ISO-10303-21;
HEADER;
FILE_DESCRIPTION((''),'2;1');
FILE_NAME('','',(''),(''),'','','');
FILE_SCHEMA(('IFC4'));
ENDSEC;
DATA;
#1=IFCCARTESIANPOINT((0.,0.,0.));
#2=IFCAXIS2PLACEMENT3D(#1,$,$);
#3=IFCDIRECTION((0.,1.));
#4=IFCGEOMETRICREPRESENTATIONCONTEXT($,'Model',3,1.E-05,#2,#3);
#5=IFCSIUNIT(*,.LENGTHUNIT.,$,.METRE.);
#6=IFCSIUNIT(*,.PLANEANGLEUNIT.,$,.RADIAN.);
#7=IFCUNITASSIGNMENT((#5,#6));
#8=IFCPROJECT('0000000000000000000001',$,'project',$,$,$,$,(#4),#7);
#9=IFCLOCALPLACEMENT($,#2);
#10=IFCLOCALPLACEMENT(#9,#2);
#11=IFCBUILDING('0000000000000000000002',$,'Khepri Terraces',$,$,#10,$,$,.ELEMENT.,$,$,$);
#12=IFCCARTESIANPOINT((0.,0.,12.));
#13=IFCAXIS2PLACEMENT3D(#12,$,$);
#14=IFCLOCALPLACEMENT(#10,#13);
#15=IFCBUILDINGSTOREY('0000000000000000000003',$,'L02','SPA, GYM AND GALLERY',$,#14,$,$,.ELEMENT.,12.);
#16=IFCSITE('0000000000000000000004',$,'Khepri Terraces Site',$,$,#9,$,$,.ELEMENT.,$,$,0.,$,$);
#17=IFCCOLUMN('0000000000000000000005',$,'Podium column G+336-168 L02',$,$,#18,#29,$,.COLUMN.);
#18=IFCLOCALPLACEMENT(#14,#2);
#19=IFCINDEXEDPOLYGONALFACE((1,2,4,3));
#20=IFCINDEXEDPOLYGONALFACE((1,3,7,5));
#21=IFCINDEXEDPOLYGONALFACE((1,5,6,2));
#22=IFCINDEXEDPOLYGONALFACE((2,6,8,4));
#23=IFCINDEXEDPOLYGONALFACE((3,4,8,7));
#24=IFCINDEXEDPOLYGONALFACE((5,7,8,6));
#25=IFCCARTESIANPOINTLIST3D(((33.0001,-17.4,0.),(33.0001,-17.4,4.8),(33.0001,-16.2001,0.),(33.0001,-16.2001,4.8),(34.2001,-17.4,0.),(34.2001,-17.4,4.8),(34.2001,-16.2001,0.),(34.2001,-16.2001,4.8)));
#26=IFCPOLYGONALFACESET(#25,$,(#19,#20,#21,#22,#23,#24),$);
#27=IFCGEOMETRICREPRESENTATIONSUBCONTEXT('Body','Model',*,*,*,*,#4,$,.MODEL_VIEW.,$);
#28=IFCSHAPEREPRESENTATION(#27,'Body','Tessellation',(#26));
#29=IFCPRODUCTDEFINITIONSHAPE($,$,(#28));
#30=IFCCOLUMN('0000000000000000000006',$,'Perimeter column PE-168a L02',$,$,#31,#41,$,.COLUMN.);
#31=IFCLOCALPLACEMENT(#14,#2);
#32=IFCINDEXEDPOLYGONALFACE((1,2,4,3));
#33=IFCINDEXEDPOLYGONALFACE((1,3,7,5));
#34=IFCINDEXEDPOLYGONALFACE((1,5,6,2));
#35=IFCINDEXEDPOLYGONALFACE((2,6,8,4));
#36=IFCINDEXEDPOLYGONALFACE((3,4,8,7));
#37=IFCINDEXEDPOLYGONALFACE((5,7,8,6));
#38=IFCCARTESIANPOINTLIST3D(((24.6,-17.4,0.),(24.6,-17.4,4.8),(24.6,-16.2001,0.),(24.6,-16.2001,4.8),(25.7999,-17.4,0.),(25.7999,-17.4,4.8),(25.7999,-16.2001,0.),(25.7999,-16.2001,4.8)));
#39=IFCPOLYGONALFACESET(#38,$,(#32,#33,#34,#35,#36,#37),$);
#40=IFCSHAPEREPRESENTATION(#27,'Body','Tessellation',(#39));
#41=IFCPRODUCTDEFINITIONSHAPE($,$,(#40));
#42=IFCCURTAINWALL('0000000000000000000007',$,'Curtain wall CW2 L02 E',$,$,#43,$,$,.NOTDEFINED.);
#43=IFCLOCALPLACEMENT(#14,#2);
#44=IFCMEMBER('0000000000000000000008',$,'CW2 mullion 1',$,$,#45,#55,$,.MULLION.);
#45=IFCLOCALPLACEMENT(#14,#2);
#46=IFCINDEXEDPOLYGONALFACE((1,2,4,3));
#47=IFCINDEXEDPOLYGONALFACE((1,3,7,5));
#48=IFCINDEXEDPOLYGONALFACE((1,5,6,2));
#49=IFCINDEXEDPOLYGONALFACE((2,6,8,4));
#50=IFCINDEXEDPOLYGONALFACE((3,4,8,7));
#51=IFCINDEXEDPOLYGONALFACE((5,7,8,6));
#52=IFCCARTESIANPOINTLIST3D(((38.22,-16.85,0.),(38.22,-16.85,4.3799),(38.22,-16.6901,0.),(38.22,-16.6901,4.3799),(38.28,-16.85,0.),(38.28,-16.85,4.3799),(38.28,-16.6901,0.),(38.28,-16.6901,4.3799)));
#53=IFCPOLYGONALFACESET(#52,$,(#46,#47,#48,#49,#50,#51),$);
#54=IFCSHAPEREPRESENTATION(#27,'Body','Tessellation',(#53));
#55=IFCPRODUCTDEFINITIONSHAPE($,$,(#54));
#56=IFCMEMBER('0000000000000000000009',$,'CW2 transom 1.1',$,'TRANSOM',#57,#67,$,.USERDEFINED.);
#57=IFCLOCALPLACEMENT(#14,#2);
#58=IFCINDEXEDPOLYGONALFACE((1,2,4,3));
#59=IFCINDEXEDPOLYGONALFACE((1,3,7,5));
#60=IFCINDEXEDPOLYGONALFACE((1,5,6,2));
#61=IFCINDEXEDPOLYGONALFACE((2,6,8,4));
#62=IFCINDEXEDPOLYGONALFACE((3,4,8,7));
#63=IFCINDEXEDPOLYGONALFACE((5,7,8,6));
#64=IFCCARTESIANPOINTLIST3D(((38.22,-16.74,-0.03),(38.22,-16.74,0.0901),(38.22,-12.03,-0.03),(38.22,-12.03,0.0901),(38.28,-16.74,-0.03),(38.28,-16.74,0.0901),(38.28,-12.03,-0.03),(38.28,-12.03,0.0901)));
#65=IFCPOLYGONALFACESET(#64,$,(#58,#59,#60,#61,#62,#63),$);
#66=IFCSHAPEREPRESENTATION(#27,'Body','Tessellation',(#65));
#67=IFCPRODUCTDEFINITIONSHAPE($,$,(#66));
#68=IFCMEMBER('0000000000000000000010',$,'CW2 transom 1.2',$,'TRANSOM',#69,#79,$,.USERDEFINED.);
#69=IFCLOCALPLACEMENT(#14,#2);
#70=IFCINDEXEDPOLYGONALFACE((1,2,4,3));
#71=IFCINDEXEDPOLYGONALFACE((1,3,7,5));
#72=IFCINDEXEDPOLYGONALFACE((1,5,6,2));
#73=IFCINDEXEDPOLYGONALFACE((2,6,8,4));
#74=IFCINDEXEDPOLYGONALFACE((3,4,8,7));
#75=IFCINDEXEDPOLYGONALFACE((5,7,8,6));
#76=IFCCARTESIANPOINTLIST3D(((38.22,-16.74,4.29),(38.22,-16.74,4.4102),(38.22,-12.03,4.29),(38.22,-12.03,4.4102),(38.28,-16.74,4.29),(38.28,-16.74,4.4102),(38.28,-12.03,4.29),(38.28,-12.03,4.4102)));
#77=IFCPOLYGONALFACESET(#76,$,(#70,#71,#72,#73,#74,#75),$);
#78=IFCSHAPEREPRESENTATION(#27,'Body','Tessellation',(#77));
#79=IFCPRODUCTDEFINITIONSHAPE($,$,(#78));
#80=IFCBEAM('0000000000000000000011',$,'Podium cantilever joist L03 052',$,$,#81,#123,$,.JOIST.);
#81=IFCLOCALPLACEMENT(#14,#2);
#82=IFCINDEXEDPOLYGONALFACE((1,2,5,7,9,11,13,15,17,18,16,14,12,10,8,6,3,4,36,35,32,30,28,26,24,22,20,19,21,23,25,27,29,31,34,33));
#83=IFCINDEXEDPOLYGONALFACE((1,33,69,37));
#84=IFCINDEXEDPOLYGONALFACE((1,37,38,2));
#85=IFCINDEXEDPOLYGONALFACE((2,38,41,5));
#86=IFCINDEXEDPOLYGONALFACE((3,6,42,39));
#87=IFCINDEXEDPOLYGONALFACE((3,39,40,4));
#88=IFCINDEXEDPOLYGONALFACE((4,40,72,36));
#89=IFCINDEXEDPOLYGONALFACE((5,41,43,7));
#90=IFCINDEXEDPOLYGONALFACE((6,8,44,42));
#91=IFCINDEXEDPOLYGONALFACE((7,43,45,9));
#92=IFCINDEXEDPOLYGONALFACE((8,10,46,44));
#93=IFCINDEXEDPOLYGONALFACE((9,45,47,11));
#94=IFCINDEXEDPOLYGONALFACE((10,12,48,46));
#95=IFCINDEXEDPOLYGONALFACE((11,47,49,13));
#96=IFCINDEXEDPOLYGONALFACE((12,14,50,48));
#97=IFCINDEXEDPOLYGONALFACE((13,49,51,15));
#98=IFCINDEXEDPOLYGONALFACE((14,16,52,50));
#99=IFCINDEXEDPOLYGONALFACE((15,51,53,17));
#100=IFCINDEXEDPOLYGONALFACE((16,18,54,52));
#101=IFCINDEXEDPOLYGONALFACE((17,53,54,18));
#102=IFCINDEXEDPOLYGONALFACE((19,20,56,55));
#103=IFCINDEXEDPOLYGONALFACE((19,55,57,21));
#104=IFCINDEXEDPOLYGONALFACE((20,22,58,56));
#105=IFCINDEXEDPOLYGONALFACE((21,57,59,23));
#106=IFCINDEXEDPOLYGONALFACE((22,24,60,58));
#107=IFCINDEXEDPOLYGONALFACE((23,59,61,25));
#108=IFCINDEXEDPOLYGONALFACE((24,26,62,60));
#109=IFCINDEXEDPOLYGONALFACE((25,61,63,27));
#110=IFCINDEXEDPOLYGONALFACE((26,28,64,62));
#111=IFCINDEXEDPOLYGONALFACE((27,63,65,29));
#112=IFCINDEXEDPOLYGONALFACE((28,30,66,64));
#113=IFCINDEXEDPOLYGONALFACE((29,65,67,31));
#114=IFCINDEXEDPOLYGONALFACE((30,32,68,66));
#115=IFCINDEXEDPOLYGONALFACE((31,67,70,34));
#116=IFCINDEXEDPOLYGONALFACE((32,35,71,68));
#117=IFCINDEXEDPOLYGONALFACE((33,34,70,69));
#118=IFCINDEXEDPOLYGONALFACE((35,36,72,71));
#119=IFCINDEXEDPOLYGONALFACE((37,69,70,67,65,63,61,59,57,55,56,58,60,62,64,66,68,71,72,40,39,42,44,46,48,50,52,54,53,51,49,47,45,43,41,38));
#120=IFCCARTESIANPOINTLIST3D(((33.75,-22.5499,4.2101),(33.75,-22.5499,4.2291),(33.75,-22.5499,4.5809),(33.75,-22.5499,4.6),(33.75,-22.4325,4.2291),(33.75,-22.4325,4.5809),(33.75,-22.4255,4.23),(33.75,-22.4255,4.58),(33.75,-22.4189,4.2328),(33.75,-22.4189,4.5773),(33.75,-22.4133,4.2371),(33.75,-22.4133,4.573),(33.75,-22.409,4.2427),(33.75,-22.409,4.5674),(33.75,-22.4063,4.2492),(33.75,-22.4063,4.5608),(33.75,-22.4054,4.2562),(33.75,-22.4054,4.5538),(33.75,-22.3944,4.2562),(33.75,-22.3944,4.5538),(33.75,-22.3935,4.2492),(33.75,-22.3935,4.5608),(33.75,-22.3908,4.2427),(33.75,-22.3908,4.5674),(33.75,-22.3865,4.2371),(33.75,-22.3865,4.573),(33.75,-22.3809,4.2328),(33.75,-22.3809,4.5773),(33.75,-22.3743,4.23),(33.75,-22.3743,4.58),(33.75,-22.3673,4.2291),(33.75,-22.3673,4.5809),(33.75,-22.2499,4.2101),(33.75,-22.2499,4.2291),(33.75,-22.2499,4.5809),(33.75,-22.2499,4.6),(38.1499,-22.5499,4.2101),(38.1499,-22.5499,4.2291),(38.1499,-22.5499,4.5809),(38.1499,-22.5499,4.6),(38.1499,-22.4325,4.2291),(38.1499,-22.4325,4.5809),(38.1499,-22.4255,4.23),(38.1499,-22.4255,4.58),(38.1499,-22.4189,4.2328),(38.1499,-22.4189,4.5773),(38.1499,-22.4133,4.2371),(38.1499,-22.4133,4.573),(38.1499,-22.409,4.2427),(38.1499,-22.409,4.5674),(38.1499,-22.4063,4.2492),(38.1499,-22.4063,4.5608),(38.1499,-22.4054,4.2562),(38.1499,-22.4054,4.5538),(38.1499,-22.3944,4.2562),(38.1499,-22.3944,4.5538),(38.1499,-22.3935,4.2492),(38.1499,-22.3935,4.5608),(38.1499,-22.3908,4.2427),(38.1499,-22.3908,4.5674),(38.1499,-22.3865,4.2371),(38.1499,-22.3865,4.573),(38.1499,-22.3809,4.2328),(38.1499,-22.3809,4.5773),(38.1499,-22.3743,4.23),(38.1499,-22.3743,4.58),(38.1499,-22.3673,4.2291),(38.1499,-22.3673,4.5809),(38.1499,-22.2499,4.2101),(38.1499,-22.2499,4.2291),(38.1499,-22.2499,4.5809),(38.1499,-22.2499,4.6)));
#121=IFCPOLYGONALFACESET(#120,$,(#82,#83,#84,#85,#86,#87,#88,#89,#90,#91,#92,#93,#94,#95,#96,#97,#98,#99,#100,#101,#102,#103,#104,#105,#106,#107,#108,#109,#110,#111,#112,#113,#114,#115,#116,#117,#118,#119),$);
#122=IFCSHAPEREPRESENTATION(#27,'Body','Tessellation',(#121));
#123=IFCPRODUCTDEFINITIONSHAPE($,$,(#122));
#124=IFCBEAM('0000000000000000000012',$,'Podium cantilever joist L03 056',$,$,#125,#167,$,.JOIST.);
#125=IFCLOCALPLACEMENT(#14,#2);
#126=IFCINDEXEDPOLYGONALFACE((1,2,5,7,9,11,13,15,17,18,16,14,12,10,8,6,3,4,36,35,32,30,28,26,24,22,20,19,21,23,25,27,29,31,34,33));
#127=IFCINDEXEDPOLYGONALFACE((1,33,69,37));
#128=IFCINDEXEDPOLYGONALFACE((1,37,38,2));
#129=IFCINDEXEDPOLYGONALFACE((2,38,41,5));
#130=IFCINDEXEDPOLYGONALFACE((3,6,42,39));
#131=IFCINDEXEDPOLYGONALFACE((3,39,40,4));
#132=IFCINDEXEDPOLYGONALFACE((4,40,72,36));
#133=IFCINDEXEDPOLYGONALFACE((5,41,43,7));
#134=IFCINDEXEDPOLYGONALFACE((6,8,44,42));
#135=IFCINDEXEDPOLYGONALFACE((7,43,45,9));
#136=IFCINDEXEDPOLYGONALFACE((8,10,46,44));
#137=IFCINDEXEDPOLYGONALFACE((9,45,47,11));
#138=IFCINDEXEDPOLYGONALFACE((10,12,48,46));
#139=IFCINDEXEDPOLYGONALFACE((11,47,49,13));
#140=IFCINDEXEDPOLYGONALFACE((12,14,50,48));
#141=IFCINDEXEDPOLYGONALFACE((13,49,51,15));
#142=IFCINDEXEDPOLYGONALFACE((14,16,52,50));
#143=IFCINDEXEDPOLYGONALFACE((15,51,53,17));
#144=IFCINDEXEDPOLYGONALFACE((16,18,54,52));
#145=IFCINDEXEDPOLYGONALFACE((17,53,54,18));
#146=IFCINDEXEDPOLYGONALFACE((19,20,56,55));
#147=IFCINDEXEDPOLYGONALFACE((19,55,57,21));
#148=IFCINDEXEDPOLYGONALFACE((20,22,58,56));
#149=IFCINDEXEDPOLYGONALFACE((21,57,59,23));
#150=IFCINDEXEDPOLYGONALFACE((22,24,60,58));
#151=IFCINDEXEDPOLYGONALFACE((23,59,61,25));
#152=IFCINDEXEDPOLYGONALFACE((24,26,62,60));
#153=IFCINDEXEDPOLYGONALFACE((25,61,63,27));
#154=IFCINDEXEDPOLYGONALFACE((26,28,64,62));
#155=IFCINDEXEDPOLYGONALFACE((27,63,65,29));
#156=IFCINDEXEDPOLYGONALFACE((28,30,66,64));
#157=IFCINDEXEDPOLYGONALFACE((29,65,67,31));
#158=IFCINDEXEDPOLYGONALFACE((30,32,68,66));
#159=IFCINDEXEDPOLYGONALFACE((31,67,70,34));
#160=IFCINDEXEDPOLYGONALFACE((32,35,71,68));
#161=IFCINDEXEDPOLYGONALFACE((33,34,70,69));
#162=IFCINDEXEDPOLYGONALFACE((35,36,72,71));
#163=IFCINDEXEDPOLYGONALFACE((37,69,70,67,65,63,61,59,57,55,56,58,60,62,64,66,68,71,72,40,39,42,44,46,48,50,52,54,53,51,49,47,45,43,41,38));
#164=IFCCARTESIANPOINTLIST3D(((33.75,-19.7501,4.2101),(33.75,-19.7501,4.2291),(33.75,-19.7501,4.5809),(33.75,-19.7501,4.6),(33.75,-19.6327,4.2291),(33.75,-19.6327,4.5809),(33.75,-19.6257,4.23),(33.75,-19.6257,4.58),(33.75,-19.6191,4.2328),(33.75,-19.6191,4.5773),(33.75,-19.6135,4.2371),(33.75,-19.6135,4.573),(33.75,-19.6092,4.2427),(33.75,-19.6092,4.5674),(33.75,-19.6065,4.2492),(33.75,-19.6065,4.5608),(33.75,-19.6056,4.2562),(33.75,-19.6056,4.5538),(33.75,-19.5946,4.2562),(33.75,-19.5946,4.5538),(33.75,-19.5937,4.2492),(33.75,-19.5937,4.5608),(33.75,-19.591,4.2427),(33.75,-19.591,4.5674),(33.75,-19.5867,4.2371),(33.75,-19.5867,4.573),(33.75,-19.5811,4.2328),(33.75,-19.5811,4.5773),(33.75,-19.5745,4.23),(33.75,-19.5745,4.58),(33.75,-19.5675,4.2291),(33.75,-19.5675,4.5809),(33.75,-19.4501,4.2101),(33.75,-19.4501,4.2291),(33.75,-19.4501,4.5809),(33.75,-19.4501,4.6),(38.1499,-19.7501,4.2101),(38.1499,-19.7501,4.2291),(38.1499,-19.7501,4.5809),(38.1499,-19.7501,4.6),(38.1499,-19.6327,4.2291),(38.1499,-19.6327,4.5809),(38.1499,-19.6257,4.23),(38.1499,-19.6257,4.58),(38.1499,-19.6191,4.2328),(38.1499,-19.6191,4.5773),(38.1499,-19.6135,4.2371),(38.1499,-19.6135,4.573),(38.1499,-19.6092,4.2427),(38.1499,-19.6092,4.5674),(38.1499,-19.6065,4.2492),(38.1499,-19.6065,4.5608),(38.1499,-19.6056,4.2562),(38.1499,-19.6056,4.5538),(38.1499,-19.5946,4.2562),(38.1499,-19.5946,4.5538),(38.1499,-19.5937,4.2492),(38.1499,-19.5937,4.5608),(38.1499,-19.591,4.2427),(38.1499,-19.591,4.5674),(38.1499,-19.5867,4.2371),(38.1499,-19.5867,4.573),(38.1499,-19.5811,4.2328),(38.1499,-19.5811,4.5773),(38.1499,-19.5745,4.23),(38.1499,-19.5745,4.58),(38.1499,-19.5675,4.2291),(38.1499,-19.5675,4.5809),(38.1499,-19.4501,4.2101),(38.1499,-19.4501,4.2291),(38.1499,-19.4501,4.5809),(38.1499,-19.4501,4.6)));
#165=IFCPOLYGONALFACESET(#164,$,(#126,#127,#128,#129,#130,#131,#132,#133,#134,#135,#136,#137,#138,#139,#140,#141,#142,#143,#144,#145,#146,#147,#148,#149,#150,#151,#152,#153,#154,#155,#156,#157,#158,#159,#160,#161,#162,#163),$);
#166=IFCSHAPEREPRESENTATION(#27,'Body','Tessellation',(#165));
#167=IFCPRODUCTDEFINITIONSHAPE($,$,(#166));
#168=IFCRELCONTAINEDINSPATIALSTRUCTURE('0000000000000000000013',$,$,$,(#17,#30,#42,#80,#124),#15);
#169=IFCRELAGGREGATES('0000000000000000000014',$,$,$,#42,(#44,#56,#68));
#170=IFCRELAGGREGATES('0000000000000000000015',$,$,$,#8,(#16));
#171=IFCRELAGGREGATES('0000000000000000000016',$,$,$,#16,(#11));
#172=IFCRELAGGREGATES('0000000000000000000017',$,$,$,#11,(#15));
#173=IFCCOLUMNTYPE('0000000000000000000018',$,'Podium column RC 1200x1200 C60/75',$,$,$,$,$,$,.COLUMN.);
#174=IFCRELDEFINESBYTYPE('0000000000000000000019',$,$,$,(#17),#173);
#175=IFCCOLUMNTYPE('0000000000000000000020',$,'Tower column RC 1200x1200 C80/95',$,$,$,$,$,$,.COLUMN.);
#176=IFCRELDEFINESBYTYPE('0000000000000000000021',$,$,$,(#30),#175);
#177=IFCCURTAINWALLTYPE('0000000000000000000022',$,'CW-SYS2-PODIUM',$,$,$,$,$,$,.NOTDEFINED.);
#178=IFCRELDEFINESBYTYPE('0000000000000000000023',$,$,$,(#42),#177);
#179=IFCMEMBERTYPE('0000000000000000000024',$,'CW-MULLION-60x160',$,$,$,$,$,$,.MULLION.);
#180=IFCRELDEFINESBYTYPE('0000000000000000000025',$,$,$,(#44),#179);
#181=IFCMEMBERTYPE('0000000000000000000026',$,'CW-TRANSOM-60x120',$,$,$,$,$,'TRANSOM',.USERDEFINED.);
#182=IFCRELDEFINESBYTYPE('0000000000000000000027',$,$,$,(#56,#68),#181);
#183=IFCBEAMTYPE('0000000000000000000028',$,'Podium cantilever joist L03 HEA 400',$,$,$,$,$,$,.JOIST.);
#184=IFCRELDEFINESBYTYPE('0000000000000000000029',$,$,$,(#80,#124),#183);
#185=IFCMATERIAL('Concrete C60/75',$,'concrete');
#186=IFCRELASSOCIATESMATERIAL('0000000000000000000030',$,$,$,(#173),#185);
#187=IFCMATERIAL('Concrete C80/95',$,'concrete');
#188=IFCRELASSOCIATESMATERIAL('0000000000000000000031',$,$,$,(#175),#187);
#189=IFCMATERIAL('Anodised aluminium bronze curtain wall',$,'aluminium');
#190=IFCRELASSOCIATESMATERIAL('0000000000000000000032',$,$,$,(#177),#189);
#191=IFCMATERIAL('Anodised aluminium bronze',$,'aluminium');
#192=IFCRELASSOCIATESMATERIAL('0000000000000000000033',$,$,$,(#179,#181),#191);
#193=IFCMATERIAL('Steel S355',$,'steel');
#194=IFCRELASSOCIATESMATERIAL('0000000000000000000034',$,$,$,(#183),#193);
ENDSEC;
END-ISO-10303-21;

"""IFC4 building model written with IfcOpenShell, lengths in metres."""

from ifc_helpers import new_model, si_unit, direction, frame, origin, origin_2d, place, context, subcontext, project, spatial, rectangle, i_section, extrude, material, material_profile, profile_set, type_object, element, aggregate, save


model = new_model("IFC4")

# Units and contexts
model_context = context("Model", 3, precision=1e-05, world=origin(), true_north=direction((0.0, 1.0)))
body_context = subcontext(model_context, "Body", "Model", "MODEL_VIEW")
ifc_project = project(units=[si_unit("LENGTHUNIT", "METRE"), si_unit("PLANEANGLEUNIT", "RADIAN")], contexts=[model_context])

# Site, building, storey
site_placement = place(None, origin())
site = spatial("IfcSite", under=ifc_project, at=site_placement, Name="Khepri Terraces Site", CompositionType="ELEMENT", RefElevation=0.0)
building_placement = place(site_placement, origin())
building = spatial("IfcBuilding", under=site, at=building_placement, Name="Khepri Terraces", CompositionType="ELEMENT")
storey_placement = place(building_placement, frame((0.0, 0.0, 12.0)))
storey = spatial("IfcBuildingStorey", under=building, at=storey_placement, Name="L02", Description="SPA, GYM AND GALLERY", CompositionType="ELEMENT", Elevation=12.0)

# Columns
ifc_material_1 = material(Name="Concrete C60/75", Category="concrete")
ifc_material_profile_1 = material_profile(ifc_material_1, rectangle(XDim=1.2, YDim=1.2, at=origin_2d()), Name="Concrete C60/75", Category="concrete")
ifc_profile_set_1 = profile_set([ifc_material_profile_1], Name="Concrete C60/75")
column_type_1 = type_object("IfcColumnType", Name="Podium column RC 1200x1200 C60/75", PredefinedType="COLUMN", material=ifc_profile_set_1)
column_1_placement = place(storey_placement, frame((33.6001, -16.8, 0.0), z_axis=(0.0, 0.0, 1.0), x_axis=(1.0, 0.0, 0.0)))
element("IfcColumn", 1, at=column_1_placement, inside=storey, type_object=column_type_1, Name="Podium column G+336-168 L02", PredefinedType="COLUMN", context=body_context, shape_type="SweptSolid", body=[
    extrude(rectangle(XDim=1.2, YDim=1.2, at=origin_2d()), origin(), (0.0, 0.0, 1.0), 4.8),
])
ifc_material_2 = material(Name="Concrete C80/95", Category="concrete")
ifc_material_profile_2 = material_profile(ifc_material_2, rectangle(XDim=1.2, YDim=1.2, at=origin_2d()), Name="Concrete C80/95", Category="concrete")
ifc_profile_set_2 = profile_set([ifc_material_profile_2], Name="Concrete C80/95")
column_type_2 = type_object("IfcColumnType", Name="Tower column RC 1200x1200 C80/95", PredefinedType="COLUMN", material=ifc_profile_set_2)
column_2_placement = place(storey_placement, frame((25.2, -16.8, 0.0), z_axis=(0.0, 0.0, 1.0), x_axis=(1.0, 0.0, 0.0)))
element("IfcColumn", 2, at=column_2_placement, inside=storey, type_object=column_type_2, Name="Perimeter column PE-168a L02", PredefinedType="COLUMN", context=body_context, shape_type="SweptSolid", body=[
    extrude(rectangle(XDim=1.2, YDim=1.2, at=origin_2d()), origin(), (0.0, 0.0, 1.0), 4.8),
])

# Curtain wall, members
ifc_material_3 = material(Name="Anodised aluminium bronze curtain wall", Category="aluminium")
curtain_wall_type = type_object("IfcCurtainWallType", Name="CW-SYS2-PODIUM", PredefinedType="NOTDEFINED", material=ifc_material_3)
curtain_wall_placement = place(storey_placement, origin())
curtain_wall = element("IfcCurtainWall", 3, at=curtain_wall_placement, inside=storey, type_object=curtain_wall_type, Name="Curtain wall CW2 L02 E", PredefinedType="NOTDEFINED")
ifc_material_4 = material(Name="Anodised aluminium bronze", Category="aluminium")
ifc_material_profile_3 = material_profile(ifc_material_4, rectangle(XDim=0.0601, YDim=0.1599, at=origin_2d()), Name="Anodised aluminium bronze", Category="aluminium")
ifc_profile_set_3 = profile_set([ifc_material_profile_3], Name="Anodised aluminium bronze")
member_type_1 = type_object("IfcMemberType", Name="CW-MULLION-60x160", PredefinedType="MULLION", material=ifc_profile_set_3)
member_1_placement = place(storey_placement, frame((38.25, -16.77, 0.0), z_axis=(0.0, 0.0, 1.0), x_axis=(-1.0, 0.0, 0.0)))
member_1 = element("IfcMember", 4, at=member_1_placement, type_object=member_type_1, Name="CW2 mullion 1", PredefinedType="MULLION", context=body_context, shape_type="SweptSolid", body=[
    extrude(rectangle(XDim=0.0601, YDim=0.1599, at=origin_2d()), origin(), (0.0, 0.0, 1.0), 4.3799),
])
ifc_material_profile_4 = material_profile(ifc_material_4, rectangle(XDim=0.0601, YDim=0.1201, at=origin_2d()), Name="Anodised aluminium bronze", Category="aluminium")
ifc_profile_set_4 = profile_set([ifc_material_profile_4], Name="Anodised aluminium bronze")
member_type_2 = type_object("IfcMemberType", Name="CW-TRANSOM-60x120", ElementType="TRANSOM", PredefinedType="USERDEFINED", material=ifc_profile_set_4)
member_2_placement = place(storey_placement, frame((38.25, -16.74, 0.03), z_axis=(0.0, 1.0, 0.0), x_axis=(-1.0, 0.0, 0.0)))
member_2 = element("IfcMember", 5, at=member_2_placement, type_object=member_type_2, Name="CW2 transom 1.1", ObjectType="TRANSOM", PredefinedType="USERDEFINED", context=body_context, shape_type="SweptSolid", body=[
    extrude(rectangle(XDim=0.0601, YDim=0.1201, at=origin_2d()), origin(), (0.0, 0.0, 1.0), 4.71),
])
member_3_placement = place(storey_placement, frame((38.25, -16.74, 4.3501), z_axis=(0.0, 1.0, 0.0), x_axis=(-1.0, 0.0, 0.0)))
member_3 = element("IfcMember", 6, at=member_3_placement, type_object=member_type_2, Name="CW2 transom 1.2", ObjectType="TRANSOM", PredefinedType="USERDEFINED", context=body_context, shape_type="SweptSolid", body=[
    extrude(rectangle(XDim=0.0601, YDim=0.1201, at=origin_2d()), origin(), (0.0, 0.0, 1.0), 4.71),
])

# Beams
ifc_material_5 = material(Name="Steel S355", Category="steel")
ifc_material_profile_5 = material_profile(ifc_material_5, i_section(OverallWidth=0.3, OverallDepth=0.3899, WebThickness=0.011, FlangeThickness=0.019, FilletRadius=0.0271, at=origin_2d()), Name="Steel S355", Category="steel")
ifc_profile_set_5 = profile_set([ifc_material_profile_5], Name="Steel S355")
beam_type_1 = type_object("IfcBeamType", Name="Podium cantilever joist L03 HEA 400", PredefinedType="JOIST", material=ifc_profile_set_5)
for number, where, z_axis, x_axis, name in (
    (7, (33.75, -22.3999, 4.405), (1.0, 0.0, 0.0), (0.0, 1.0, 0.0), "Podium cantilever joist L03 052"),
    (8, (33.75, -19.6001, 4.405), (1.0, 0.0, 0.0), (0.0, 1.0, 0.0), "Podium cantilever joist L03 056"),
):
    element("IfcBeam", number, at=place(storey_placement, frame(where, z_axis=z_axis, x_axis=x_axis)), inside=storey, type_object=beam_type_1, Name=name, PredefinedType="JOIST", context=body_context, shape_type="SweptSolid", body=[
        extrude(i_section(OverallWidth=0.3, OverallDepth=0.3899, WebThickness=0.011, FlangeThickness=0.019, FilletRadius=0.0271, at=origin_2d()), origin(), (0.0, 0.0, 1.0), 4.3999),
    ])

aggregate(curtain_wall, [member_1, member_2, member_3])

save(model, "model.ifc")
